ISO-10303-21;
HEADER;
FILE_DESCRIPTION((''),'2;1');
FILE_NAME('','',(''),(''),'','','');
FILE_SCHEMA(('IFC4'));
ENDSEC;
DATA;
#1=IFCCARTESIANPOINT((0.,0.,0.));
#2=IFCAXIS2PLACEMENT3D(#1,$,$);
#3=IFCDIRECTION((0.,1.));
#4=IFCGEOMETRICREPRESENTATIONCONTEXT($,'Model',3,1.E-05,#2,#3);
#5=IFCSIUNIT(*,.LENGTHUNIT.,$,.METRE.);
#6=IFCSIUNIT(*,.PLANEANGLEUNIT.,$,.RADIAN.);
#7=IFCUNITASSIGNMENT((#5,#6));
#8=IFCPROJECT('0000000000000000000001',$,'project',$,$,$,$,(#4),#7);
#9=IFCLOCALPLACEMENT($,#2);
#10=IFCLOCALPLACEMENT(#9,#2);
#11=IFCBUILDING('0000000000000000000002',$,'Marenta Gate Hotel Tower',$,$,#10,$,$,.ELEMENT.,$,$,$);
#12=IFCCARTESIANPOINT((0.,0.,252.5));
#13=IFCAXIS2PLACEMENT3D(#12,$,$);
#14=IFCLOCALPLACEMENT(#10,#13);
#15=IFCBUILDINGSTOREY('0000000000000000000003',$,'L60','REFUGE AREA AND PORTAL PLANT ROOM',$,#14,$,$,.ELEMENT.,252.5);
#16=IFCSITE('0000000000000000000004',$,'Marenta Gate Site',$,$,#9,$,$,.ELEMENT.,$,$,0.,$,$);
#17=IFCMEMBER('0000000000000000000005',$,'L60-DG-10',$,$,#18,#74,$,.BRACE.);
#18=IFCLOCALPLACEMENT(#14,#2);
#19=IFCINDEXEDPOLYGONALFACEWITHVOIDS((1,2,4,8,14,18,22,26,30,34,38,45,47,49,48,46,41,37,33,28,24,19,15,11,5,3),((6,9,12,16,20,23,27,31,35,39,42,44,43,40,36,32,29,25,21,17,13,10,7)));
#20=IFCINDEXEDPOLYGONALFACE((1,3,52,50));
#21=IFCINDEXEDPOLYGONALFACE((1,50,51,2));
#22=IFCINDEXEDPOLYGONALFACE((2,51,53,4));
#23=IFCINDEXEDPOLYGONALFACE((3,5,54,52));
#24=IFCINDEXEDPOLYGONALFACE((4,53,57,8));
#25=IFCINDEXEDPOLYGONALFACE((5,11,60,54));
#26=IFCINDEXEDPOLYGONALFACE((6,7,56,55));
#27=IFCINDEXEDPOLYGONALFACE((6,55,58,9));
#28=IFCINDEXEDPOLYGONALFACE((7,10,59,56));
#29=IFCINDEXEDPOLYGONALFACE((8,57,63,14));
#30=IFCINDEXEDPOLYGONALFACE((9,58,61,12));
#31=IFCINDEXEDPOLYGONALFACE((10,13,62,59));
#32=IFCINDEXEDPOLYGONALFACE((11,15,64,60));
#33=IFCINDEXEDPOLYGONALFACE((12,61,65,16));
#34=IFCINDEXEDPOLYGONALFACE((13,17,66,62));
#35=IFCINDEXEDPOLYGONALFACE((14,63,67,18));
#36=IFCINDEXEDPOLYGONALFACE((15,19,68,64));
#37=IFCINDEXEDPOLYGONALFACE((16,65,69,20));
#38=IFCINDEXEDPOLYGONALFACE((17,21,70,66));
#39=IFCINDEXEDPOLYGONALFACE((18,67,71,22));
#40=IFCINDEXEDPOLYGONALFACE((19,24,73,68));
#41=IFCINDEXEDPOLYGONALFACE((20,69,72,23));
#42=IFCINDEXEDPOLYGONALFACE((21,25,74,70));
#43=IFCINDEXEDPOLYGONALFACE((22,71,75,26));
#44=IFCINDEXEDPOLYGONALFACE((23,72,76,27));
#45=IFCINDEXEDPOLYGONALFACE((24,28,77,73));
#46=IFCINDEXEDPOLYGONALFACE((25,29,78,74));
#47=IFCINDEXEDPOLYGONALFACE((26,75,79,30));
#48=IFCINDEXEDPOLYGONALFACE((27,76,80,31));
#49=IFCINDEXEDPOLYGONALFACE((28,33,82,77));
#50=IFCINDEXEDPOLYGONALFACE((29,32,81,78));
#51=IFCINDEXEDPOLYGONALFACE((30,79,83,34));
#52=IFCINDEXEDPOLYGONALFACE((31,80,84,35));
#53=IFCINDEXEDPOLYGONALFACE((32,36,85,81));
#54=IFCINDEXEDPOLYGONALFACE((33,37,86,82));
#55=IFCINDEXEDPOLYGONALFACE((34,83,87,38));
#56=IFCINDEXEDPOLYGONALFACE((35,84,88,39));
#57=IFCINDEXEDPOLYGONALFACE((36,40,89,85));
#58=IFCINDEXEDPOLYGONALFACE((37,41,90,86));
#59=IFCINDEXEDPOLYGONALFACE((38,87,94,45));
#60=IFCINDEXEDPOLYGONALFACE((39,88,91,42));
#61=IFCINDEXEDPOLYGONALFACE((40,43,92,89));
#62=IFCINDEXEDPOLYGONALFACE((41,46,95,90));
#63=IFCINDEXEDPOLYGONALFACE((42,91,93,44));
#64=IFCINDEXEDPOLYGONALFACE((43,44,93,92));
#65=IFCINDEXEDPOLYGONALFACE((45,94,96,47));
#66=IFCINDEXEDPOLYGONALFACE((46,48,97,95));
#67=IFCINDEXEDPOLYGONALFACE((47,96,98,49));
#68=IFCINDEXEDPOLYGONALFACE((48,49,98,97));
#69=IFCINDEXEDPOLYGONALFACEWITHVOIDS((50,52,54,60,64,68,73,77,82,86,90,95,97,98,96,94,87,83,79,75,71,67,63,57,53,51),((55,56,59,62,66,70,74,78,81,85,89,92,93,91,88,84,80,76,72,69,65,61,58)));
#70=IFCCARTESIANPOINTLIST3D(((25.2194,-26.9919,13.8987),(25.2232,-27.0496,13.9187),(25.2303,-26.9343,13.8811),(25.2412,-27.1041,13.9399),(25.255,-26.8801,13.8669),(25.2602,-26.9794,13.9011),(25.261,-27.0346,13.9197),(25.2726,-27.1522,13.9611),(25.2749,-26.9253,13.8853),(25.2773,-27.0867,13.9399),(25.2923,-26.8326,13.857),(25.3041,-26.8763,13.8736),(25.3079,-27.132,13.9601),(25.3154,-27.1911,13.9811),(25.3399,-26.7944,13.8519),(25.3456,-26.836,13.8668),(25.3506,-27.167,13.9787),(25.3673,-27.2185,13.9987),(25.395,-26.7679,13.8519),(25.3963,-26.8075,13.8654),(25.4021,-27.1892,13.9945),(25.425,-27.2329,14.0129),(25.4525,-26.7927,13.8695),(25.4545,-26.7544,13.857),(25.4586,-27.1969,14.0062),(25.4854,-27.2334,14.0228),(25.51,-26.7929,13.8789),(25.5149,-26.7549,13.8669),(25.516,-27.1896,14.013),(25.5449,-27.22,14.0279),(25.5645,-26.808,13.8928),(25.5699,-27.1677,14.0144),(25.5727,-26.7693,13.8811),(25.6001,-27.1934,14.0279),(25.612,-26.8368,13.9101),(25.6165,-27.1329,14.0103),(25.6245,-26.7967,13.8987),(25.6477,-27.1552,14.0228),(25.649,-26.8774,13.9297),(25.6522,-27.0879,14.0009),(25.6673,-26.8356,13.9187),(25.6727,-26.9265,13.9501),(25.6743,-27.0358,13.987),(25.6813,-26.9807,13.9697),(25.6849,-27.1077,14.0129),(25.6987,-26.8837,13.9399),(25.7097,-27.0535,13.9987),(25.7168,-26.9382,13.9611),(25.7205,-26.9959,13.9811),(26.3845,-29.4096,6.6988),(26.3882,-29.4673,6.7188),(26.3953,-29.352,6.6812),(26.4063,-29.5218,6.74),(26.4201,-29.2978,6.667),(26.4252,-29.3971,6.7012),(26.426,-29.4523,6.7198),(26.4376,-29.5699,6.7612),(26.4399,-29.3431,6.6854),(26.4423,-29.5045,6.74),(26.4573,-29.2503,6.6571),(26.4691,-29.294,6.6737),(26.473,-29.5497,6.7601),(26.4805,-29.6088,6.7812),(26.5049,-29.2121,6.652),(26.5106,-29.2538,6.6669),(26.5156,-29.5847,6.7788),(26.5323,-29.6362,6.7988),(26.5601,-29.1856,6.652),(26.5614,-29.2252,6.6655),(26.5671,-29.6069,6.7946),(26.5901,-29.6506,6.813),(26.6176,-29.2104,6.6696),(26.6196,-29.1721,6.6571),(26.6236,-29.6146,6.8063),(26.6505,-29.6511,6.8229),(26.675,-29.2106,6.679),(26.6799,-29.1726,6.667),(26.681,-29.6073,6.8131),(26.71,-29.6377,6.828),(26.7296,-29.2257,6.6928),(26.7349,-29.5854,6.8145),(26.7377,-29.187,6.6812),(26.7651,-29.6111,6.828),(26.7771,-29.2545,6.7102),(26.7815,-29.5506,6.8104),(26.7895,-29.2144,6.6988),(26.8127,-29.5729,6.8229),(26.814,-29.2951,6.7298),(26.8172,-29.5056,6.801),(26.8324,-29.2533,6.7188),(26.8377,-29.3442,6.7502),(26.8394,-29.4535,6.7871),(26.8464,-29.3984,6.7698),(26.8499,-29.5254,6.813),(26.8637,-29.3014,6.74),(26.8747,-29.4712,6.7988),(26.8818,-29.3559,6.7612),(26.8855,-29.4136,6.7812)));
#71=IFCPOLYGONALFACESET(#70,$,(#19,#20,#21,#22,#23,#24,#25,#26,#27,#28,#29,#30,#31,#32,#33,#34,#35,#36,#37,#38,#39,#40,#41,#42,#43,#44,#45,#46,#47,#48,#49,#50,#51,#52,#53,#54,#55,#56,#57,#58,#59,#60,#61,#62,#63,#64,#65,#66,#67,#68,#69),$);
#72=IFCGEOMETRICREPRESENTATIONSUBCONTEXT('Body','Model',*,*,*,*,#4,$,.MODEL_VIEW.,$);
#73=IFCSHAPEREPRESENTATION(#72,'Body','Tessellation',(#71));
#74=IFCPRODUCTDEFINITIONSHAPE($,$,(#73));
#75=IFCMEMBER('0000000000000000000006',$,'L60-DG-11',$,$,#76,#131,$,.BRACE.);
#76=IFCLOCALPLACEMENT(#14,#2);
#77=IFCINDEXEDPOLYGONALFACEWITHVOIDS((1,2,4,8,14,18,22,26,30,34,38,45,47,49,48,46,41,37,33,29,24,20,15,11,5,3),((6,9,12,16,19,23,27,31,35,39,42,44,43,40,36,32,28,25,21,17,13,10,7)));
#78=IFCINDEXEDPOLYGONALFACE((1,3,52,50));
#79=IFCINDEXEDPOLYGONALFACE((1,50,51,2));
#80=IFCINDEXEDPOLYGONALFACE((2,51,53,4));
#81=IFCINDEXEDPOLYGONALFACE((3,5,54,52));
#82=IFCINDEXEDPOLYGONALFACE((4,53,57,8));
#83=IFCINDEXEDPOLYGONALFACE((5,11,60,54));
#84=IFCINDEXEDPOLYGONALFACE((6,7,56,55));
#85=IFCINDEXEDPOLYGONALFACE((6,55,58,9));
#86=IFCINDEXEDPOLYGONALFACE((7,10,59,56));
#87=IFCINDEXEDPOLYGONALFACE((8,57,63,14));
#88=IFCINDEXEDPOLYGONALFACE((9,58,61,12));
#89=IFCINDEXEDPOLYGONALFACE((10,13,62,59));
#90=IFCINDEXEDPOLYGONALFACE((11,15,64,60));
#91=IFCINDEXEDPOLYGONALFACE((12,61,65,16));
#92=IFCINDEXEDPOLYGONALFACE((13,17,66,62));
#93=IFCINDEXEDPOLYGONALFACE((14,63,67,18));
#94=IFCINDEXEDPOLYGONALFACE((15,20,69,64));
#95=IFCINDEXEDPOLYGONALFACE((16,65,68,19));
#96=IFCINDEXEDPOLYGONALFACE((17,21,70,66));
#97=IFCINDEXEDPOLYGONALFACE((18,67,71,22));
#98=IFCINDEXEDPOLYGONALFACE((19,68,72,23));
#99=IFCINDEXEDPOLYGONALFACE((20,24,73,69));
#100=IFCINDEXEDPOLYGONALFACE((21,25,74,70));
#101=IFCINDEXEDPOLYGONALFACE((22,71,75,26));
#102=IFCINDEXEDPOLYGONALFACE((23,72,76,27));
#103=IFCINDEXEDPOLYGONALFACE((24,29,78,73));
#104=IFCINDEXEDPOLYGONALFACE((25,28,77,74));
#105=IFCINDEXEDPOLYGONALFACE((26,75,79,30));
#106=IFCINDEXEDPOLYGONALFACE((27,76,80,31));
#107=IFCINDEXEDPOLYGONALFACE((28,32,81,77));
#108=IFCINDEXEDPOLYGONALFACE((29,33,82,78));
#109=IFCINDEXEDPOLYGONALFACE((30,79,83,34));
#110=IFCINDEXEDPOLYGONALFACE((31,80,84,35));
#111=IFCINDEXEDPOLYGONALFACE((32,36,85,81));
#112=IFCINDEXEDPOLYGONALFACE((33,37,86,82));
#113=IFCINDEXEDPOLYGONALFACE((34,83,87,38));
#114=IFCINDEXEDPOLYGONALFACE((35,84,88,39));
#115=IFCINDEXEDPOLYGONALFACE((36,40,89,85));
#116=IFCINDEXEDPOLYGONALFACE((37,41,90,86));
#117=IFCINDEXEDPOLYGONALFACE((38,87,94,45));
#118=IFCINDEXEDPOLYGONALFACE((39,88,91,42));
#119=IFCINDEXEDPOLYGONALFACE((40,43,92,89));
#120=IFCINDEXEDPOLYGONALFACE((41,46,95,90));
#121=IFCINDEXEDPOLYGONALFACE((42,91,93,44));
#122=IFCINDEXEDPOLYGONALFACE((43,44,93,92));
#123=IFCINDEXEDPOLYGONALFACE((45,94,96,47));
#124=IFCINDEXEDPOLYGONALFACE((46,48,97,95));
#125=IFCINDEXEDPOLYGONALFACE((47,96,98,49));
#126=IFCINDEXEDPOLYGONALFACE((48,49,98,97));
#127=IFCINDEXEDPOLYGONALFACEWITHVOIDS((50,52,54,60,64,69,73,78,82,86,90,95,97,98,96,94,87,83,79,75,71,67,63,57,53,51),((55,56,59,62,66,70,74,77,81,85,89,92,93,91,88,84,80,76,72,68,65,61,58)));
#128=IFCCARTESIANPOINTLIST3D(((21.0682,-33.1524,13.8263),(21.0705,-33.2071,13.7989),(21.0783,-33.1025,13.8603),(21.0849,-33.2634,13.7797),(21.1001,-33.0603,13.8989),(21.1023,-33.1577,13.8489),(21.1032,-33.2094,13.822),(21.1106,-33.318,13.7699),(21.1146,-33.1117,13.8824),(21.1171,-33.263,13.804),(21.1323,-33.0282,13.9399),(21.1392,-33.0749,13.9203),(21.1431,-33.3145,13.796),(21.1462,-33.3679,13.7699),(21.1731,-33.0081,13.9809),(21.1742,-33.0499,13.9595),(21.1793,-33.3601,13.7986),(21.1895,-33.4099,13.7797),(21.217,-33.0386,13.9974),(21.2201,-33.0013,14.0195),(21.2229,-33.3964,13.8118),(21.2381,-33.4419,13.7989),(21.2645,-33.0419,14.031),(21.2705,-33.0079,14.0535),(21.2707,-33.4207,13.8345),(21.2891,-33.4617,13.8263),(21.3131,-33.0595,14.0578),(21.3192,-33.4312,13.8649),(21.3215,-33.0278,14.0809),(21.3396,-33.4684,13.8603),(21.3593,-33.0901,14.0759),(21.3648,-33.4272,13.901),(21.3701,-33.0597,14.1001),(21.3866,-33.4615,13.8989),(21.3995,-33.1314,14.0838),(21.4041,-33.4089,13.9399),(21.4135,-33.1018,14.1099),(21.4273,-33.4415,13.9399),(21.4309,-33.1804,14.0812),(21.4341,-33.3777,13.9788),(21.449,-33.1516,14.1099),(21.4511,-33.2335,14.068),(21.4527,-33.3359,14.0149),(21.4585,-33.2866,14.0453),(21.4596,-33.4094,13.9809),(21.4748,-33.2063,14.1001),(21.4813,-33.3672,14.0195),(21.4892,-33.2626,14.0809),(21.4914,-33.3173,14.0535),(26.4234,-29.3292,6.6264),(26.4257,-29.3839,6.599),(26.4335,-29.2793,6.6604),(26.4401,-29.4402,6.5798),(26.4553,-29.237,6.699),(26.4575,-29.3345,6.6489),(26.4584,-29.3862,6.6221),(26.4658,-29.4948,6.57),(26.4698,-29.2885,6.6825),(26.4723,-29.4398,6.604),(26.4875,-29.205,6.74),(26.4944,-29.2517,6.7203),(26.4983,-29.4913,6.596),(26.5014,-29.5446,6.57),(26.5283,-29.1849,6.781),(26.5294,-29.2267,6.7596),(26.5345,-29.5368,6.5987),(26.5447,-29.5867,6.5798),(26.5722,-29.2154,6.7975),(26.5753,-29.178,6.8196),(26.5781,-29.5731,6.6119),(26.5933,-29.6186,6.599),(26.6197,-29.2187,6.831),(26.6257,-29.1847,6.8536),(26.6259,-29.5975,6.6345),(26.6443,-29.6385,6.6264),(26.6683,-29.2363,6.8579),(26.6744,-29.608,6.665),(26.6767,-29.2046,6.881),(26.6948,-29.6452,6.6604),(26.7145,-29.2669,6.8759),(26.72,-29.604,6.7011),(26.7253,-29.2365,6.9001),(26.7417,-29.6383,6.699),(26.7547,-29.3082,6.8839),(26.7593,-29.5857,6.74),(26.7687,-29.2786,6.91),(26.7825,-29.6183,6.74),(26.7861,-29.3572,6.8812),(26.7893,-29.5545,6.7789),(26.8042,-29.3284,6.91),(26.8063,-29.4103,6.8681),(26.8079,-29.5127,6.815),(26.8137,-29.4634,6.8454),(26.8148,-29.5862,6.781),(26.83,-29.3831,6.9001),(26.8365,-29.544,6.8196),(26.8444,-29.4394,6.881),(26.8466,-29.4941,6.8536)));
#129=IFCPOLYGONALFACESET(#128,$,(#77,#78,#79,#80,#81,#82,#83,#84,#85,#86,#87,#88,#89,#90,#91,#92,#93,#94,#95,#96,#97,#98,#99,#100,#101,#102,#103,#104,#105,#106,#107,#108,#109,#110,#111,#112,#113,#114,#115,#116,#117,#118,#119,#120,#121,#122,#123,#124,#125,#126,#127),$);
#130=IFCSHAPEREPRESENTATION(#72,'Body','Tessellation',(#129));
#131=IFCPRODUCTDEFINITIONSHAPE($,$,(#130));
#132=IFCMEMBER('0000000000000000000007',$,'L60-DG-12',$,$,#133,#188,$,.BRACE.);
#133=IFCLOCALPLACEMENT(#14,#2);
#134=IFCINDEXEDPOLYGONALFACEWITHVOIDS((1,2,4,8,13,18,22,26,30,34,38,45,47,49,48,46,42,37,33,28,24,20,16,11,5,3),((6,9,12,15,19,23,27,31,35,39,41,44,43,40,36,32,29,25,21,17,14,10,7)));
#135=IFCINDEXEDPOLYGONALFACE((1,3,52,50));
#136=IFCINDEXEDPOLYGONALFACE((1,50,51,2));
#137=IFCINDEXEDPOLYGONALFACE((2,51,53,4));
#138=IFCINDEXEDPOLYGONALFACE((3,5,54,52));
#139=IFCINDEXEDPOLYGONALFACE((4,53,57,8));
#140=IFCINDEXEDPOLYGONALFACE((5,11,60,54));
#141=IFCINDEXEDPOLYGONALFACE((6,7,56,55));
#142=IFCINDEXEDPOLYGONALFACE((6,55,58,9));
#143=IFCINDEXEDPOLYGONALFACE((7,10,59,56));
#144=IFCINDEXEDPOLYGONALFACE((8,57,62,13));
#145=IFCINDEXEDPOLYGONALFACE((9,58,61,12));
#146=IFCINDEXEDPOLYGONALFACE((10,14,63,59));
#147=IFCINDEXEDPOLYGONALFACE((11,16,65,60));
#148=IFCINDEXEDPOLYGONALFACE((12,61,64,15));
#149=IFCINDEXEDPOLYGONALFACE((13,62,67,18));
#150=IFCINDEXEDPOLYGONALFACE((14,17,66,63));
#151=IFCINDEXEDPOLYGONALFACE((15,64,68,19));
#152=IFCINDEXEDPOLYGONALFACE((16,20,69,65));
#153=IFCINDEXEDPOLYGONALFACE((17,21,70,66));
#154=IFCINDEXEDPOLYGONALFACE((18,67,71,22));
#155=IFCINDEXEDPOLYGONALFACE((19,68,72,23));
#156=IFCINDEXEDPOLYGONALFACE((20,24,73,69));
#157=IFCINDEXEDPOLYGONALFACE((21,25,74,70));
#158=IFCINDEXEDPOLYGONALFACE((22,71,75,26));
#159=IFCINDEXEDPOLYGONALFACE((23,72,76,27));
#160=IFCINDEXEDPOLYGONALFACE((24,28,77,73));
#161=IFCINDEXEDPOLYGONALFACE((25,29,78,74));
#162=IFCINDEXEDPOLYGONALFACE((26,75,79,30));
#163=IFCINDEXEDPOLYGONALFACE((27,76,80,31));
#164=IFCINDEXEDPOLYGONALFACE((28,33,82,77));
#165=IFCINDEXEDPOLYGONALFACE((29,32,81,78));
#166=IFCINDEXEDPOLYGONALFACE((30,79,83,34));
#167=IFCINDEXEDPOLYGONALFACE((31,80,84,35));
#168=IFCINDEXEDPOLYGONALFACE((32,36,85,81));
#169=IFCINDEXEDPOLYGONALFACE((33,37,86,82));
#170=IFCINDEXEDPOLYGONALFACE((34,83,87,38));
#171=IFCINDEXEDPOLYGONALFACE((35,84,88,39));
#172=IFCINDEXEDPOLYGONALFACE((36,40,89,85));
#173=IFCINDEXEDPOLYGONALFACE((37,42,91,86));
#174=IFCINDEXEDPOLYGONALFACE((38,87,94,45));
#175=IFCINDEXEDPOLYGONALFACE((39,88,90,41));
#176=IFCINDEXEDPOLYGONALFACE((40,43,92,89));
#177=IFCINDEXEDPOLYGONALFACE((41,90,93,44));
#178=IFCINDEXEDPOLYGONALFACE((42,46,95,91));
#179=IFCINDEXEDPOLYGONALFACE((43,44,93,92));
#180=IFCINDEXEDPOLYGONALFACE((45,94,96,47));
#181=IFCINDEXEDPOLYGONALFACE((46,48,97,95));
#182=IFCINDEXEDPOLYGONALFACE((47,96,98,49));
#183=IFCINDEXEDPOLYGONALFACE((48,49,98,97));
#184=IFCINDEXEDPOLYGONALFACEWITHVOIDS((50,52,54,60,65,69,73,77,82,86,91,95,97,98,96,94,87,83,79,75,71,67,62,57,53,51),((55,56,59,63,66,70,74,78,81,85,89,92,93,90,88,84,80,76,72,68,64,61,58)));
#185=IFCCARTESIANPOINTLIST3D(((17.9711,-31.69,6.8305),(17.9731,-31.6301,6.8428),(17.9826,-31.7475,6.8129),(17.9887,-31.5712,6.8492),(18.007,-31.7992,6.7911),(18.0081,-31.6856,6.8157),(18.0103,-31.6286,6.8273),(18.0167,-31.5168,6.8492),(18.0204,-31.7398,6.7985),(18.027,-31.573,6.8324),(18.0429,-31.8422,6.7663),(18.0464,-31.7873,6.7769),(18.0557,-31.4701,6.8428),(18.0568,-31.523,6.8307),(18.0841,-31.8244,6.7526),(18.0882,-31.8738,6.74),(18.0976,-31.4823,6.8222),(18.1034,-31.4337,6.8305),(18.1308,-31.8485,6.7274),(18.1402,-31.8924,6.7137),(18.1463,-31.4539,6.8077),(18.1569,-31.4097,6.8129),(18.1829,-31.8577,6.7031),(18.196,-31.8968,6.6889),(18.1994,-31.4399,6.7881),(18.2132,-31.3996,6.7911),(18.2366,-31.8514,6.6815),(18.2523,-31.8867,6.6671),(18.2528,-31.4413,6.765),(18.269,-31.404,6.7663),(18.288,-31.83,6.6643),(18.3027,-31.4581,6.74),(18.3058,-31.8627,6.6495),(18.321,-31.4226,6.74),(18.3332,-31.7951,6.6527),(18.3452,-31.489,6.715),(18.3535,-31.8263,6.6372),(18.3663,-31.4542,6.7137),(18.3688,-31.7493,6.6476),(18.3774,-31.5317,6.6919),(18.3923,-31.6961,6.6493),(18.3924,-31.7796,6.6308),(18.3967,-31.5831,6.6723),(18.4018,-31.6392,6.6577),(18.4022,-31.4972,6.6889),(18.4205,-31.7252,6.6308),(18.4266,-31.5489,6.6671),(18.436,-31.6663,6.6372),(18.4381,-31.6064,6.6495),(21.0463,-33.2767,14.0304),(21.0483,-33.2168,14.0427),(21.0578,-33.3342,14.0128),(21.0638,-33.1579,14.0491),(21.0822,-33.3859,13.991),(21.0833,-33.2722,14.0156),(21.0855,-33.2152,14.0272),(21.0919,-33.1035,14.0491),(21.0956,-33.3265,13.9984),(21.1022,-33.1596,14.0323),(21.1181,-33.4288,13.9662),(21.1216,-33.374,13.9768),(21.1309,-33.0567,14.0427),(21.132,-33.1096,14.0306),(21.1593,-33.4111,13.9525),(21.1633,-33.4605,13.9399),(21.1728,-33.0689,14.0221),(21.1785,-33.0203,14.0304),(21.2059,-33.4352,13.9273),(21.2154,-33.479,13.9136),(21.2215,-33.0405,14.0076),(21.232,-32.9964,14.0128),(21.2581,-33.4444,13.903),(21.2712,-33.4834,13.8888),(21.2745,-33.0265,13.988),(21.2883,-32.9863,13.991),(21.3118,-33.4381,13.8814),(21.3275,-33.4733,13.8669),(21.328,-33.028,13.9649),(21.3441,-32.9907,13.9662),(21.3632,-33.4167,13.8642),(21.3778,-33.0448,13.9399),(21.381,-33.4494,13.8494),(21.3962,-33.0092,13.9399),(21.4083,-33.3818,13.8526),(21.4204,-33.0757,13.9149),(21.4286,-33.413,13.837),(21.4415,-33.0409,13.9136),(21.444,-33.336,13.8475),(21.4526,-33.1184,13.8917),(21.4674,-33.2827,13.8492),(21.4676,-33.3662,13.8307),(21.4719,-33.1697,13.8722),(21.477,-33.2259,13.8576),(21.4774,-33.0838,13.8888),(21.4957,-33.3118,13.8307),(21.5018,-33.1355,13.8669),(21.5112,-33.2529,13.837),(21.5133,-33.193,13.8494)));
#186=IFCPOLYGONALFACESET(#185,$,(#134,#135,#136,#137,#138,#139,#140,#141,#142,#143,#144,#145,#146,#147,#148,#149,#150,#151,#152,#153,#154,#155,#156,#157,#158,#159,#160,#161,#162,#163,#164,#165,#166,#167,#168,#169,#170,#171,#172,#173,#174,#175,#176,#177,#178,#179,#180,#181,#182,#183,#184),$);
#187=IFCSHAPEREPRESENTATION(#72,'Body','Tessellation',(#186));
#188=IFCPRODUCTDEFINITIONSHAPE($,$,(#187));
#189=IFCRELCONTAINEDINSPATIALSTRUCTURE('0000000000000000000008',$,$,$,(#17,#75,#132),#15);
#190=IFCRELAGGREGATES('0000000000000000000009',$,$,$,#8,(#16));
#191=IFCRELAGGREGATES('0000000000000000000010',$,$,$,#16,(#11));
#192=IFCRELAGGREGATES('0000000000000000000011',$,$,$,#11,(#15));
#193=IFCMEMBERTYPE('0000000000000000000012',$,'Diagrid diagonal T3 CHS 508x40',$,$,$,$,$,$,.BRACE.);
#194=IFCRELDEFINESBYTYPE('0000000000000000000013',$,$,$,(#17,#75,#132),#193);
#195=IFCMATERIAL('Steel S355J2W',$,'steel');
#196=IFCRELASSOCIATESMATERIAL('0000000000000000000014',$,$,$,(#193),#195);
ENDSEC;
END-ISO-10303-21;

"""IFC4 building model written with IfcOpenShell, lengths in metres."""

from ifc_helpers import new_model, si_unit, direction, frame, origin, origin_2d, place, context, subcontext, project, spatial, hollow_circle, extrude, material, material_profile, profile_set, type_object, element, save


model = new_model("IFC4")

# Units and contexts
model_context = context("Model", 3, precision=1e-05, world=origin(), true_north=direction((0.0, 1.0)))
body_context = subcontext(model_context, "Body", "Model", "MODEL_VIEW")
ifc_project = project(units=[si_unit("LENGTHUNIT", "METRE"), si_unit("PLANEANGLEUNIT", "RADIAN")], contexts=[model_context])

# Site, building, storey
site_placement = place(None, origin())
site = spatial("IfcSite", under=ifc_project, at=site_placement, Name="Marenta Gate Site", CompositionType="ELEMENT", RefElevation=0.0)
building_placement = place(site_placement, origin())
building = spatial("IfcBuilding", under=site, at=building_placement, Name="Marenta Gate Hotel Tower", CompositionType="ELEMENT")
storey_placement = place(building_placement, frame((0.0, 0.0, 252.5)))
storey = spatial("IfcBuildingStorey", under=building, at=storey_placement, Name="L60", Description="REFUGE AREA AND PORTAL PLANT ROOM", CompositionType="ELEMENT", Elevation=252.5)

# Members
ifc_material_1 = material(Name="Steel S355J2W", Category="steel")
ifc_material_profile_1 = material_profile(ifc_material_1, hollow_circle(Radius=0.2539, WallThickness=0.04, at=origin_2d()), Name="CHS 508x40")
ifc_profile_set_1 = profile_set([ifc_material_profile_1], Name="Steel S355J2W")
member_type_1 = type_object("IfcMemberType", Name="Diagrid diagonal T3 CHS 508x40", PredefinedType="BRACE", material=ifc_profile_set_1)
member_1_placement = place(storey_placement, frame((26.635, -29.4116, 6.74), z_axis=(-0.151621, 0.314649, 0.93702), x_axis=(-0.900863, -0.434103, 0.0)))
element("IfcMember", 1, at=member_1_placement, inside=storey, type_object=member_type_1, Name="L60-DG-10", PredefinedType="BRACE", context=body_context, shape_type="SweptSolid", body=[
    extrude(hollow_circle(Radius=0.2539, WallThickness=0.04, at=origin_2d()), origin(), (0.0, 0.0, 1.0), 7.6838),
])
member_2_placement = place(storey_placement, frame((26.635, -29.4116, 6.74), z_axis=(-0.549045, -0.391978, 0.738175), x_axis=(0.581045, -0.813871, 0.0)))
element("IfcMember", 2, at=member_2_placement, inside=storey, type_object=member_type_1, Name="L60-DG-11", PredefinedType="BRACE", context=body_context, shape_type="SweptSolid", body=[
    extrude(hollow_circle(Radius=0.2539, WallThickness=0.04, at=origin_2d()), origin(), (0.0, 0.0, 1.0), 9.7537),
])
member_3_placement = place(storey_placement, frame((18.2046, -31.6482, 6.74), z_axis=(0.38496, -0.198623, 0.901307), x_axis=(0.458523, 0.888683, 0.0)))
element("IfcMember", 3, at=member_3_placement, inside=storey, type_object=member_type_1, Name="L60-DG-12", PredefinedType="BRACE", context=body_context, shape_type="SweptSolid", body=[
    extrude(hollow_circle(Radius=0.2539, WallThickness=0.04, at=origin_2d()), origin(), (0.0, 0.0, 1.0), 7.9883),
])

save(model, "model.ifc")
